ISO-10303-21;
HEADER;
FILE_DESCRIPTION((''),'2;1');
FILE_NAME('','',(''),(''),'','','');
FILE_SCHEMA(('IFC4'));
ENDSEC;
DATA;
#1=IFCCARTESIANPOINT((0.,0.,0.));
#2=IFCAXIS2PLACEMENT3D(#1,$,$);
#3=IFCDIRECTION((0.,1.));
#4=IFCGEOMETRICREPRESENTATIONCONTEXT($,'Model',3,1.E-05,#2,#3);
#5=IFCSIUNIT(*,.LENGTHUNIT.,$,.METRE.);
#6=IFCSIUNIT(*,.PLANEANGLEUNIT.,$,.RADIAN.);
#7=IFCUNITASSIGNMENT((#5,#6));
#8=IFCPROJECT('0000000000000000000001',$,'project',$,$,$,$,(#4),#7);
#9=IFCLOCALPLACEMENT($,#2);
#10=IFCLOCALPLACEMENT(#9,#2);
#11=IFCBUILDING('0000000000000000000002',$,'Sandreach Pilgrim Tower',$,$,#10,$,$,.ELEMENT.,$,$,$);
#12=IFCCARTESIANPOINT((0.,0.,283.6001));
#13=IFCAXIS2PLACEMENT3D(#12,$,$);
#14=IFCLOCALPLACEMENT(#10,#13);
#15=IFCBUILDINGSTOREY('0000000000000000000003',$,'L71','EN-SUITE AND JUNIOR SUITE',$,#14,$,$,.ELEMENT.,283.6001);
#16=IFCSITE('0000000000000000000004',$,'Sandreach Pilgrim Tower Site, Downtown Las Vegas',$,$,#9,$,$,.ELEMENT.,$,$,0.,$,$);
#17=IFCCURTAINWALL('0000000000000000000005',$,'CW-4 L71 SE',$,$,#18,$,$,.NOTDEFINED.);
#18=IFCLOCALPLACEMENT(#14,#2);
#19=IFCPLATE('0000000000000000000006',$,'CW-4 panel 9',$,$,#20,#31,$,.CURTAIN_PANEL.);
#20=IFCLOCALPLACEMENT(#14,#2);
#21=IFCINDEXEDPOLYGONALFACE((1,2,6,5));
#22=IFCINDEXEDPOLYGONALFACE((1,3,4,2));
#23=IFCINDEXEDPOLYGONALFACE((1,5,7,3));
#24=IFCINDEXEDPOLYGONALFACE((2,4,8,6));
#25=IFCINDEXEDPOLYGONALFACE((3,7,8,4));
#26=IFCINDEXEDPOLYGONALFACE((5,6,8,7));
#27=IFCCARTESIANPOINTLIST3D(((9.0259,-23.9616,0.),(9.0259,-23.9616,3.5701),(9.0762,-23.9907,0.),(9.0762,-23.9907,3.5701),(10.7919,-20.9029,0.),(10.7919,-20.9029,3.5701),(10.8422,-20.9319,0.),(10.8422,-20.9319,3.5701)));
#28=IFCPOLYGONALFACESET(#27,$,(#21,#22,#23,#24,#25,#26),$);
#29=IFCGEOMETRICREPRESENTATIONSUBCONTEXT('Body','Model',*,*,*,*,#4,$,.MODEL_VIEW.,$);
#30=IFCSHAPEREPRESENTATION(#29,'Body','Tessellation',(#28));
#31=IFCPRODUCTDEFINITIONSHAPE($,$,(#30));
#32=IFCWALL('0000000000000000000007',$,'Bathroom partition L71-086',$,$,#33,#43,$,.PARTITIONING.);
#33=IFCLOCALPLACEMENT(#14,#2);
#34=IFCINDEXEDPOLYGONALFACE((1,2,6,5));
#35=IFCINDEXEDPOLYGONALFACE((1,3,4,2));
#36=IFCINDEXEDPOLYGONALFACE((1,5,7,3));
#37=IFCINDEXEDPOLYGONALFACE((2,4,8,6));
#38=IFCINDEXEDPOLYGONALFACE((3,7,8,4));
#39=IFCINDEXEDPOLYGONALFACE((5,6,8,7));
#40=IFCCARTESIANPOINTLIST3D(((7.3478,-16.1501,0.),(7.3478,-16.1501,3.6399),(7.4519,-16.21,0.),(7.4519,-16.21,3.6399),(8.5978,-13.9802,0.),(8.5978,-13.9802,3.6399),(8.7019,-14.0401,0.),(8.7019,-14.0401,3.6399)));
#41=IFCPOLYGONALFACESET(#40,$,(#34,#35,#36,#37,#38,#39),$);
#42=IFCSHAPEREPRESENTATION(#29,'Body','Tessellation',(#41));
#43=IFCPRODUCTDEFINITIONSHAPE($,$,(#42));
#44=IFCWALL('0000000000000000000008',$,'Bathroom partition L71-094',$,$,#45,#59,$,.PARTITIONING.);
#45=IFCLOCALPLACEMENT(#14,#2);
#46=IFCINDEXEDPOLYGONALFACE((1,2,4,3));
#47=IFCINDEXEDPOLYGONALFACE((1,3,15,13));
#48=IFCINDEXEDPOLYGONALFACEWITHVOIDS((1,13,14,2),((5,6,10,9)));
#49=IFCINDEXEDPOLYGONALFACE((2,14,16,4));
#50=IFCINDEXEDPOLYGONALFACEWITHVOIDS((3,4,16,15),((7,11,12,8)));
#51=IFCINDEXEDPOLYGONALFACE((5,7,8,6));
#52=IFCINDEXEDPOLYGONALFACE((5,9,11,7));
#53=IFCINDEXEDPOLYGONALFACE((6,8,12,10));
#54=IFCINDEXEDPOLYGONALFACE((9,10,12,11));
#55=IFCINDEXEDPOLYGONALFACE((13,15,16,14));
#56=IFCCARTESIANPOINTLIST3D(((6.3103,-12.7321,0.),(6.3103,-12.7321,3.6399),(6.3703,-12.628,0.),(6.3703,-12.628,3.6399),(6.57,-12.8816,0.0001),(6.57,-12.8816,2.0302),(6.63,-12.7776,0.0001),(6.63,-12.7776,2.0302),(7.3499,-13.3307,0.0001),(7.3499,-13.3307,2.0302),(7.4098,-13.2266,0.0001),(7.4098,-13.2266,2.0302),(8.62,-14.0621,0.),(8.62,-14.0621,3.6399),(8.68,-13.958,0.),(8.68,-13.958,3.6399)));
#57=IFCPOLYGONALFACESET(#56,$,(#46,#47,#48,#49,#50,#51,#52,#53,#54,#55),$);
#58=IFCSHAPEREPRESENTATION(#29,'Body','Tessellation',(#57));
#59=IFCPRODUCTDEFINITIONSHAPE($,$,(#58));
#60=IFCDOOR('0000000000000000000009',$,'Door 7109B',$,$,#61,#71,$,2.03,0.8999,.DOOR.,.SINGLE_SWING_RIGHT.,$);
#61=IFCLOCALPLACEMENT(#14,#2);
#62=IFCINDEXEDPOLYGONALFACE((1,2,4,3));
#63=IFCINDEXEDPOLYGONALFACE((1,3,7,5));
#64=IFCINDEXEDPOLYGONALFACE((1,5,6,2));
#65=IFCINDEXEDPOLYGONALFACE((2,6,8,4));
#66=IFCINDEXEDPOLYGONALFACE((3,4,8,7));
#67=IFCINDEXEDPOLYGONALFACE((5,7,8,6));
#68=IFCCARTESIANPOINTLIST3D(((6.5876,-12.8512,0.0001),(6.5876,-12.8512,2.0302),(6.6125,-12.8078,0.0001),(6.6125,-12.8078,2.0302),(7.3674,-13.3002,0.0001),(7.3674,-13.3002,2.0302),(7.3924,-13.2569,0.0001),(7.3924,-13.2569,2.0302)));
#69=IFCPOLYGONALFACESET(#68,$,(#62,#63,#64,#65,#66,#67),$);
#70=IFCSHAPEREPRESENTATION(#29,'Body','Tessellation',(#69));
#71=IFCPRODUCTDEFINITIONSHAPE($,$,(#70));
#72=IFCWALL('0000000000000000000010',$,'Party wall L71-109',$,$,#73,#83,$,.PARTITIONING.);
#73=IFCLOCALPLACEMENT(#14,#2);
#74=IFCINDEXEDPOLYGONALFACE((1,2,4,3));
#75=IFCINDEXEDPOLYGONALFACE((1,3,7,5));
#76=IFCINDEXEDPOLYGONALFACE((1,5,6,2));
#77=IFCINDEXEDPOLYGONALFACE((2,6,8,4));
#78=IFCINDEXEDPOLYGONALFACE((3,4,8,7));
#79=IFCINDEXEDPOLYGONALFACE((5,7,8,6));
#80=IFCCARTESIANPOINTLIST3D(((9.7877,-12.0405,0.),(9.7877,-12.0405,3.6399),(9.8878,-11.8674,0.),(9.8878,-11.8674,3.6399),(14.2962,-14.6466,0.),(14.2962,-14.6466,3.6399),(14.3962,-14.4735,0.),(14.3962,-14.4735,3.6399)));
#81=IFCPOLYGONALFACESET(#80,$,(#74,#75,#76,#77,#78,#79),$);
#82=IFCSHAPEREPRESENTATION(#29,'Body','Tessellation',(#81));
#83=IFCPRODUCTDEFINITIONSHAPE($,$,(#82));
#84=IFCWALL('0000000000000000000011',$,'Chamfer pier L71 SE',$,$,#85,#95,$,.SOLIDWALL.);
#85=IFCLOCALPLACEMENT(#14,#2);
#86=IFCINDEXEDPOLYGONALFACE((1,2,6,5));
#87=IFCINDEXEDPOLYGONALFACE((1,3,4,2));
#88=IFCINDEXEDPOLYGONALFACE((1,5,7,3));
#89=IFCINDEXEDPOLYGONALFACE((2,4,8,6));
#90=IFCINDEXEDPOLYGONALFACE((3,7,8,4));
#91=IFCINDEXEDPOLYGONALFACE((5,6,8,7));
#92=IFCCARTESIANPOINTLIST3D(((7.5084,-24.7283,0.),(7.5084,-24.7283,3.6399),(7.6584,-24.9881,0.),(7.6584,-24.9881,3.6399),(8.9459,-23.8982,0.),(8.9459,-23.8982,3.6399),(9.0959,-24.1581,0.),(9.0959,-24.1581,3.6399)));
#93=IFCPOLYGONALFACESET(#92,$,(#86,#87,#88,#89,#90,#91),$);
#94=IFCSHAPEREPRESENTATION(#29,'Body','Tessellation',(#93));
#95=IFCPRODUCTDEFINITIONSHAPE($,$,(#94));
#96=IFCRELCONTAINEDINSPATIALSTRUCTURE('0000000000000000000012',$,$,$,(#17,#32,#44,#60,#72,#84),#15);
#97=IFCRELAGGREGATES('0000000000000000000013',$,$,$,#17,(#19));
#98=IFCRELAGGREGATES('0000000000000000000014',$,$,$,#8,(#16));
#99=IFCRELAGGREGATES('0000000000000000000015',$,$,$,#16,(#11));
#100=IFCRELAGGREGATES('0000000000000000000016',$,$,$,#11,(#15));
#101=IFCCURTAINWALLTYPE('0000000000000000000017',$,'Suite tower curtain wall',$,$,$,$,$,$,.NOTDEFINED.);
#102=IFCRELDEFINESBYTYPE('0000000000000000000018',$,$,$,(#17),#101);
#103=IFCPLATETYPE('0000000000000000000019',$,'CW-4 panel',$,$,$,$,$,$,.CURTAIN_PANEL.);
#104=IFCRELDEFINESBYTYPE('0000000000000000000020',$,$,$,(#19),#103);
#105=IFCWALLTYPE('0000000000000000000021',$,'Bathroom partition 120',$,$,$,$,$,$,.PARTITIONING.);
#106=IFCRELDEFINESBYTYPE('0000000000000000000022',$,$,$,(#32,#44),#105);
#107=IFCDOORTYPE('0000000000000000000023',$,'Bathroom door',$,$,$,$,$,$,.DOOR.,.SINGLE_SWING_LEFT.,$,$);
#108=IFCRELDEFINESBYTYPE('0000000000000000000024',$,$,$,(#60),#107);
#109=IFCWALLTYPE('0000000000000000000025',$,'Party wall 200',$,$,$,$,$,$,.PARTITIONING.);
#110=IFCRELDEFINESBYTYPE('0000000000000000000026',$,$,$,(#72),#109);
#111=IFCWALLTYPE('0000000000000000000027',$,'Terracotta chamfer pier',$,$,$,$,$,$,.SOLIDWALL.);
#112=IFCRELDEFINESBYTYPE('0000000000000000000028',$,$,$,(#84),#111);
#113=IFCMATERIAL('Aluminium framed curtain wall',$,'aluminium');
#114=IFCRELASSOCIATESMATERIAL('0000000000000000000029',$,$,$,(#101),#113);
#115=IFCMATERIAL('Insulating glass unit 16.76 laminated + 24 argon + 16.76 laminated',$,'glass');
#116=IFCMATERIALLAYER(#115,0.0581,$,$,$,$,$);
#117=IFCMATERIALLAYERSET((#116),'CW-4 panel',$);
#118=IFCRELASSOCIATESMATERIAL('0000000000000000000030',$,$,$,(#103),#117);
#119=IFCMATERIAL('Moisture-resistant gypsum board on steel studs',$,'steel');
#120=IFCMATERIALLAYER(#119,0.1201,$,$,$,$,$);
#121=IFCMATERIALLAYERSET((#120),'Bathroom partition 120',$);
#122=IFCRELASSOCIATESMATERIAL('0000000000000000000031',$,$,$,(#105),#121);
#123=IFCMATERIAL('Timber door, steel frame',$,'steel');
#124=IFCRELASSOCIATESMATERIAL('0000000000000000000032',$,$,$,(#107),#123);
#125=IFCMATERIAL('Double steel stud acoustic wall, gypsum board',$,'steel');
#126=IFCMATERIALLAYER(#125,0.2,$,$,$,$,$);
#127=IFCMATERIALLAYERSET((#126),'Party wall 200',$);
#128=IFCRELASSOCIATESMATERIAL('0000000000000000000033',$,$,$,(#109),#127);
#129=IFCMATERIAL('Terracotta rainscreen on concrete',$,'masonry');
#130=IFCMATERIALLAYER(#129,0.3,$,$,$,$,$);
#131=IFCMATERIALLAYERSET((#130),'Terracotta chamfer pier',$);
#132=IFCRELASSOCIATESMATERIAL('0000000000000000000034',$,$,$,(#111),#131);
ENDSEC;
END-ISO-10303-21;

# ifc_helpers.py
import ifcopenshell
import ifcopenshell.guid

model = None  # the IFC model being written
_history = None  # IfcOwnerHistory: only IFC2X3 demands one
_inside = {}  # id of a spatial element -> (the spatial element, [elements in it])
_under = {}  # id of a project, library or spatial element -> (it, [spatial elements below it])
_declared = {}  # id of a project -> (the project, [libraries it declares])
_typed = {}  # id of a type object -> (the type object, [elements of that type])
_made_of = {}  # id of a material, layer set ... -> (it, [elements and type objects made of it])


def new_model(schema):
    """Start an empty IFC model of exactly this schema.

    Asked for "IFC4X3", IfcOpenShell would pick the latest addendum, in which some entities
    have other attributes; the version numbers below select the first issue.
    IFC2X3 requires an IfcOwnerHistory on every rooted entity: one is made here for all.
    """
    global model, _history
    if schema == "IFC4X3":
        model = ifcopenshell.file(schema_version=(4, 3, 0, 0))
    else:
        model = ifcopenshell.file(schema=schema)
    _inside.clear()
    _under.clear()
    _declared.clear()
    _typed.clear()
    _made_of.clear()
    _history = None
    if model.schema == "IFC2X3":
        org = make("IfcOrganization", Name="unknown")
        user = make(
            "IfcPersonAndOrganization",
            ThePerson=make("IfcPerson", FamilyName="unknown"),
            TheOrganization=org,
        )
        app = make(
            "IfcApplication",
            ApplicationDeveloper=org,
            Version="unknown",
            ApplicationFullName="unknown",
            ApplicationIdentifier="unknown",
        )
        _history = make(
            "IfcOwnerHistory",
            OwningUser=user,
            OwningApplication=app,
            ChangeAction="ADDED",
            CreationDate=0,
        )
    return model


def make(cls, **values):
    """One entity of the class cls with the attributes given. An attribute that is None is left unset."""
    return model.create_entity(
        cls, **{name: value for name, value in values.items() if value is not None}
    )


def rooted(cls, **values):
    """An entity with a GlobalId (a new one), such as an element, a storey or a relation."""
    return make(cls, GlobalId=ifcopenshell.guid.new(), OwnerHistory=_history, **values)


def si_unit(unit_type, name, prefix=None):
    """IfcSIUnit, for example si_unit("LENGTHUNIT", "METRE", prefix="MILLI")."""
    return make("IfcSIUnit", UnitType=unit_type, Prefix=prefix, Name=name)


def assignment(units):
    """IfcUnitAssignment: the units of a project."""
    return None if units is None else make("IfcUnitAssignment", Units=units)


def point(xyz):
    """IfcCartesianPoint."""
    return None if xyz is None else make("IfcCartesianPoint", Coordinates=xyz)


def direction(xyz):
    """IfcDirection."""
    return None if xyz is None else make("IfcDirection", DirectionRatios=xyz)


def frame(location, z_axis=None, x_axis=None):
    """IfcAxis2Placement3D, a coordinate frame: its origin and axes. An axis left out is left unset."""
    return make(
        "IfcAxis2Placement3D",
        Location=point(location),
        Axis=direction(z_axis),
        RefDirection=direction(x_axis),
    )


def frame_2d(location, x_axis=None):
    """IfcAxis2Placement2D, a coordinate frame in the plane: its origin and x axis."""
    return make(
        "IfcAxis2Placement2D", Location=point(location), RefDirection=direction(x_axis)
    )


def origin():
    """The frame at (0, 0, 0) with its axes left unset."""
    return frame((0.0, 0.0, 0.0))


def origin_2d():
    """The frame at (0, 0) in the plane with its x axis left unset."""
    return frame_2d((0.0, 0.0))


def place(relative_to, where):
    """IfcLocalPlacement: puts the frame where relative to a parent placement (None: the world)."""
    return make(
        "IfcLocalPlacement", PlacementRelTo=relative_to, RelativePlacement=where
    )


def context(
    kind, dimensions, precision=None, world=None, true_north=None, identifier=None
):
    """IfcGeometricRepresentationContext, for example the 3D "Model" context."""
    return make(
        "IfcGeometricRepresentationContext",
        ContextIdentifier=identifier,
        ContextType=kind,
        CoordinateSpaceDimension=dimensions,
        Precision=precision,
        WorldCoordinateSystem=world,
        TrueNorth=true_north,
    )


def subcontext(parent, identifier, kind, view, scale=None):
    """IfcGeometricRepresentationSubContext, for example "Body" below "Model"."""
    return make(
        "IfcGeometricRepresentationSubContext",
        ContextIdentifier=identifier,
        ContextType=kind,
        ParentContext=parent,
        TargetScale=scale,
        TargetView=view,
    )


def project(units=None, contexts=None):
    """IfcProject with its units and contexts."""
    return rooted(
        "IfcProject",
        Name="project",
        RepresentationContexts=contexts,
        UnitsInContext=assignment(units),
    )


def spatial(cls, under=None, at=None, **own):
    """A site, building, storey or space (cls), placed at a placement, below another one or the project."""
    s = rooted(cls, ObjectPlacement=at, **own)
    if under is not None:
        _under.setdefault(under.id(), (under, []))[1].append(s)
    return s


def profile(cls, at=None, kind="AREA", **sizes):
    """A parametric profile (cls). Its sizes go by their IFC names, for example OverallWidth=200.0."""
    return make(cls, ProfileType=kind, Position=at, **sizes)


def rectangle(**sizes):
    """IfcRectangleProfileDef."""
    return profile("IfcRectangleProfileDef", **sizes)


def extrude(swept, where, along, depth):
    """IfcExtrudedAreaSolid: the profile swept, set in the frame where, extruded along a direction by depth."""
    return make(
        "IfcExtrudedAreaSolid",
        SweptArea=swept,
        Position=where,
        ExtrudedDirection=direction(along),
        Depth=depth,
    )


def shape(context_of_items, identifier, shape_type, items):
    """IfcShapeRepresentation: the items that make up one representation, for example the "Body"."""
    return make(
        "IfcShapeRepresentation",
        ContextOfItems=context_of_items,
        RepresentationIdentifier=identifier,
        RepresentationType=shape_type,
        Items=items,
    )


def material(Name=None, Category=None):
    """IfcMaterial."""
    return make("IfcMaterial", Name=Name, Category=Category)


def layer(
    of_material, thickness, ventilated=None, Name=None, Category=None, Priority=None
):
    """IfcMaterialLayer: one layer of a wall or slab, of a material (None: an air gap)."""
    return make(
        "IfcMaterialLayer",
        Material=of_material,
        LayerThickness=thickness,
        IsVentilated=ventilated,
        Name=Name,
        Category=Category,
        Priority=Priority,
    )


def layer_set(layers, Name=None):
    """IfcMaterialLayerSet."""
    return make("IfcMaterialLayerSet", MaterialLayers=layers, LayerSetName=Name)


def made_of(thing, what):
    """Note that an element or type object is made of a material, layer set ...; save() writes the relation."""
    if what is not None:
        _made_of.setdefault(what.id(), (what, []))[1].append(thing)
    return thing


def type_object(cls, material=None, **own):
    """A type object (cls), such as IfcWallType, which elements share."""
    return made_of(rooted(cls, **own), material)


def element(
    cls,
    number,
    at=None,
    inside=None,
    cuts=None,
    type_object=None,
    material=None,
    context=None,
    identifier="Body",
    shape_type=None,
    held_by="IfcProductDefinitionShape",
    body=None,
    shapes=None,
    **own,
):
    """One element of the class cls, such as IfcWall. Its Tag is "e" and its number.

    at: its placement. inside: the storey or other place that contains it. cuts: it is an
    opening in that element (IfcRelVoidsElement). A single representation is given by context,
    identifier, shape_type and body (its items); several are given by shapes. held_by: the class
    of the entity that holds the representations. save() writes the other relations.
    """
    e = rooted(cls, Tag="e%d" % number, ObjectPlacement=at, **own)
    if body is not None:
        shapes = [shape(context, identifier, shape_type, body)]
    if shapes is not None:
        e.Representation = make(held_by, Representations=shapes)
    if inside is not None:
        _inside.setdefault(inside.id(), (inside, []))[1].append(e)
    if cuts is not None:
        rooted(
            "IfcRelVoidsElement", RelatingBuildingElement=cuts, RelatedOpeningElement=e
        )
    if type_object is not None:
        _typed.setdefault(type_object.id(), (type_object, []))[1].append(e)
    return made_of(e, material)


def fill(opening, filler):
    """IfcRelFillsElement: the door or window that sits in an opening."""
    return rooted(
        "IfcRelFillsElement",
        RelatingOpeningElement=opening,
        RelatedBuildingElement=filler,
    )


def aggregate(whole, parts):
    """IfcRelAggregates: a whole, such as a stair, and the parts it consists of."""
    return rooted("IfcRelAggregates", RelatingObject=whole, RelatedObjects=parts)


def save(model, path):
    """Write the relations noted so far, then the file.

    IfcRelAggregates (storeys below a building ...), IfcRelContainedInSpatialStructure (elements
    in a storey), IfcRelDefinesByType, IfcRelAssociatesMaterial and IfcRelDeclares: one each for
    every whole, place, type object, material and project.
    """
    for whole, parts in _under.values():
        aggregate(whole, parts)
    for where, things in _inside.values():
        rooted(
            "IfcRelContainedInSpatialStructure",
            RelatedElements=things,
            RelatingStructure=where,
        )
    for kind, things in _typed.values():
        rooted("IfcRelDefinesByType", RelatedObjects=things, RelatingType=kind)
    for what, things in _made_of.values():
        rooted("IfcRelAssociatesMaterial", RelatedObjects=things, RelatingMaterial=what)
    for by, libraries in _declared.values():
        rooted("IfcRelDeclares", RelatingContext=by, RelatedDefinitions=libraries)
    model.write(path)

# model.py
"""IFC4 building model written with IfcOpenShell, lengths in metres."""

from ifc_helpers import new_model, si_unit, direction, frame, frame_2d, origin, origin_2d, place, context, subcontext, project, spatial, rectangle, extrude, material, layer, layer_set, type_object, element, fill, aggregate, save


model = new_model("IFC4")

# Units and contexts
model_context = context("Model", 3, precision=1e-05, world=origin(), true_north=direction((0.0, 1.0)))
body_context = subcontext(model_context, "Body", "Model", "MODEL_VIEW")
ifc_project = project(units=[si_unit("LENGTHUNIT", "METRE"), si_unit("PLANEANGLEUNIT", "RADIAN")], contexts=[model_context])

# Site, building, storey
site_placement = place(None, origin())
site = spatial("IfcSite", under=ifc_project, at=site_placement, Name="Sandreach Pilgrim Tower Site, Downtown Las Vegas", CompositionType="ELEMENT", RefElevation=0.0)
building_placement = place(site_placement, origin())
building = spatial("IfcBuilding", under=site, at=building_placement, Name="Sandreach Pilgrim Tower", CompositionType="ELEMENT")
storey_placement = place(building_placement, frame((0.0, 0.0, 283.6001)))
storey = spatial("IfcBuildingStorey", under=building, at=storey_placement, Name="L71", Description="EN-SUITE AND JUNIOR SUITE", CompositionType="ELEMENT", Elevation=283.6001)

# Curtain wall
ifc_material_1 = material(Name="Aluminium framed curtain wall", Category="aluminium")
curtain_wall_type = type_object("IfcCurtainWallType", Name="Suite tower curtain wall", PredefinedType="NOTDEFINED", material=ifc_material_1)
curtain_wall_1_placement = place(storey_placement, origin())
curtain_wall_1 = element("IfcCurtainWall", 1, at=curtain_wall_1_placement, inside=storey, type_object=curtain_wall_type, Name="CW-4 L71 SE", PredefinedType="NOTDEFINED")

# Plate
ifc_material_2 = material(Name="Insulating glass unit 16.76 laminated + 24 argon + 16.76 laminated", Category="glass")
ifc_layer_1 = layer(ifc_material_2, 0.0581)
ifc_layer_set_1 = layer_set([ifc_layer_1], Name="CW-4 panel")
plate_type = type_object("IfcPlateType", Name="CW-4 panel", PredefinedType="CURTAIN_PANEL", material=ifc_layer_set_1)
plate_1_placement = place(storey_placement, frame((9.9341, -22.4468, 0.0), z_axis=(0.0, 0.0, 1.0), x_axis=(-0.5, -0.866025, 0.0)))
plate_1 = element("IfcPlate", 2, at=plate_1_placement, type_object=plate_type, Name="CW-4 panel 9", PredefinedType="CURTAIN_PANEL", context=body_context, shape_type="SweptSolid", body=[
    extrude(rectangle(XDim=3.532, YDim=0.0581, at=origin_2d()), origin(), (0.0, 0.0, 1.0), 3.5701),
])
aggregate(curtain_wall_1, [plate_1])

# Wall
ifc_material_3 = material(Name="Moisture-resistant gypsum board on steel studs", Category="steel")
ifc_layer_2 = layer(ifc_material_3, 0.1201)
ifc_layer_set_2 = layer_set([ifc_layer_2], Name="Bathroom partition 120")
wall_type_1 = type_object("IfcWallType", Name="Bathroom partition 120", PredefinedType="PARTITIONING", material=ifc_layer_set_2)
wall_1_placement = place(storey_placement, frame((7.3999, -16.1799, 0.0), z_axis=(0.0, 0.0, 1.0), x_axis=(0.49916, 0.86651, 0.0)))
element("IfcWall", 3, at=wall_1_placement, inside=storey, type_object=wall_type_1, Name="Bathroom partition L71-086", PredefinedType="PARTITIONING", context=body_context, shape_type="SweptSolid", body=[
    extrude(rectangle(XDim=2.5042, YDim=0.1201, at=frame_2d((1.252, 0.0))), origin(), (0.0, 0.0, 1.0), 3.6399),
])

# Wall, opening, door
wall_2_placement = place(storey_placement, frame((8.6499, -14.01, 0.0), z_axis=(0.0, 0.0, 1.0), x_axis=(-0.866592, 0.499017, 0.0)))
wall_2 = element("IfcWall", 4, at=wall_2_placement, inside=storey, type_object=wall_type_1, Name="Bathroom partition L71-094", PredefinedType="PARTITIONING", context=body_context, shape_type="SweptSolid", body=[
    extrude(rectangle(XDim=2.6653, YDim=0.1201, at=frame_2d((1.3325, 0.0))), origin(), (0.0, 0.0, 1.0), 3.6399),
])
opening_placement = place(wall_2_placement, frame((1.4656, 0.0, 0.0)))
opening = element("IfcOpeningElement", 5, at=opening_placement, cuts=wall_2, PredefinedType="OPENING", context=body_context, shape_type="SweptSolid", body=[
    extrude(rectangle(XDim=0.8999, YDim=2.03, at=frame_2d((0.45, 1.0151))), frame((0.0, 0.0601, 0.0), z_axis=(0.0, -1.0, 0.0), x_axis=(1.0, 0.0, 0.0)), (0.0, 0.0, 1.0), 0.1201),
])
ifc_material_4 = material(Name="Timber door, steel frame", Category="steel")
door_type = type_object("IfcDoorType", Name="Bathroom door", OperationType="SINGLE_SWING_LEFT", PredefinedType="DOOR", material=ifc_material_4)
door_placement = place(opening_placement, origin())
door = element("IfcDoor", 6, at=door_placement, inside=storey, type_object=door_type, Name="Door 7109B", OperationType="SINGLE_SWING_RIGHT", OverallHeight=2.03, OverallWidth=0.8999, PredefinedType="DOOR", context=body_context, shape_type="SweptSolid", body=[
    extrude(rectangle(XDim=0.8999, YDim=2.03, at=frame_2d((0.45, 1.0151))), frame((0.0, 0.0249, 0.0), z_axis=(0.0, -1.0, 0.0), x_axis=(1.0, 0.0, 0.0)), (0.0, 0.0, 1.0), 0.05),
])
fill(opening, door)

# Walls
ifc_material_5 = material(Name="Double steel stud acoustic wall, gypsum board", Category="steel")
ifc_layer_3 = layer(ifc_material_5, 0.2)
ifc_layer_set_3 = layer_set([ifc_layer_3], Name="Party wall 200")
wall_type_2 = type_object("IfcWallType", Name="Party wall 200", PredefinedType="PARTITIONING", material=ifc_layer_set_3)
wall_3_placement = place(storey_placement, frame((14.3462, -14.5601, 0.0), z_axis=(0.0, 0.0, 1.0), x_axis=(-0.86576, 0.50046, 0.0)))
element("IfcWall", 7, at=wall_3_placement, inside=storey, type_object=wall_type_2, Name="Party wall L71-109", PredefinedType="PARTITIONING", context=body_context, shape_type="SweptSolid", body=[
    extrude(rectangle(XDim=5.2075, YDim=0.2, at=frame_2d((2.6038, 0.0))), origin(), (0.0, 0.0, 1.0), 3.6399),
])
ifc_material_6 = material(Name="Terracotta rainscreen on concrete", Category="masonry")
ifc_layer_4 = layer(ifc_material_6, 0.3)
ifc_layer_set_4 = layer_set([ifc_layer_4], Name="Terracotta chamfer pier")
wall_type_3 = type_object("IfcWallType", Name="Terracotta chamfer pier", PredefinedType="SOLIDWALL", material=ifc_layer_set_4)
wall_4_placement = place(storey_placement, frame((9.021, -24.0281, 0.0), z_axis=(0.0, 0.0, 1.0), x_axis=(-0.86599, -0.500062, 0.0)))
element("IfcWall", 8, at=wall_4_placement, inside=storey, type_object=wall_type_3, Name="Chamfer pier L71 SE", PredefinedType="SOLIDWALL", context=body_context, shape_type="SweptSolid", body=[
    extrude(rectangle(XDim=1.6599, YDim=0.3, at=frame_2d((0.8301, 0.0))), origin(), (0.0, 0.0, 1.0), 3.6399),
])

save(model, "model.ifc")
